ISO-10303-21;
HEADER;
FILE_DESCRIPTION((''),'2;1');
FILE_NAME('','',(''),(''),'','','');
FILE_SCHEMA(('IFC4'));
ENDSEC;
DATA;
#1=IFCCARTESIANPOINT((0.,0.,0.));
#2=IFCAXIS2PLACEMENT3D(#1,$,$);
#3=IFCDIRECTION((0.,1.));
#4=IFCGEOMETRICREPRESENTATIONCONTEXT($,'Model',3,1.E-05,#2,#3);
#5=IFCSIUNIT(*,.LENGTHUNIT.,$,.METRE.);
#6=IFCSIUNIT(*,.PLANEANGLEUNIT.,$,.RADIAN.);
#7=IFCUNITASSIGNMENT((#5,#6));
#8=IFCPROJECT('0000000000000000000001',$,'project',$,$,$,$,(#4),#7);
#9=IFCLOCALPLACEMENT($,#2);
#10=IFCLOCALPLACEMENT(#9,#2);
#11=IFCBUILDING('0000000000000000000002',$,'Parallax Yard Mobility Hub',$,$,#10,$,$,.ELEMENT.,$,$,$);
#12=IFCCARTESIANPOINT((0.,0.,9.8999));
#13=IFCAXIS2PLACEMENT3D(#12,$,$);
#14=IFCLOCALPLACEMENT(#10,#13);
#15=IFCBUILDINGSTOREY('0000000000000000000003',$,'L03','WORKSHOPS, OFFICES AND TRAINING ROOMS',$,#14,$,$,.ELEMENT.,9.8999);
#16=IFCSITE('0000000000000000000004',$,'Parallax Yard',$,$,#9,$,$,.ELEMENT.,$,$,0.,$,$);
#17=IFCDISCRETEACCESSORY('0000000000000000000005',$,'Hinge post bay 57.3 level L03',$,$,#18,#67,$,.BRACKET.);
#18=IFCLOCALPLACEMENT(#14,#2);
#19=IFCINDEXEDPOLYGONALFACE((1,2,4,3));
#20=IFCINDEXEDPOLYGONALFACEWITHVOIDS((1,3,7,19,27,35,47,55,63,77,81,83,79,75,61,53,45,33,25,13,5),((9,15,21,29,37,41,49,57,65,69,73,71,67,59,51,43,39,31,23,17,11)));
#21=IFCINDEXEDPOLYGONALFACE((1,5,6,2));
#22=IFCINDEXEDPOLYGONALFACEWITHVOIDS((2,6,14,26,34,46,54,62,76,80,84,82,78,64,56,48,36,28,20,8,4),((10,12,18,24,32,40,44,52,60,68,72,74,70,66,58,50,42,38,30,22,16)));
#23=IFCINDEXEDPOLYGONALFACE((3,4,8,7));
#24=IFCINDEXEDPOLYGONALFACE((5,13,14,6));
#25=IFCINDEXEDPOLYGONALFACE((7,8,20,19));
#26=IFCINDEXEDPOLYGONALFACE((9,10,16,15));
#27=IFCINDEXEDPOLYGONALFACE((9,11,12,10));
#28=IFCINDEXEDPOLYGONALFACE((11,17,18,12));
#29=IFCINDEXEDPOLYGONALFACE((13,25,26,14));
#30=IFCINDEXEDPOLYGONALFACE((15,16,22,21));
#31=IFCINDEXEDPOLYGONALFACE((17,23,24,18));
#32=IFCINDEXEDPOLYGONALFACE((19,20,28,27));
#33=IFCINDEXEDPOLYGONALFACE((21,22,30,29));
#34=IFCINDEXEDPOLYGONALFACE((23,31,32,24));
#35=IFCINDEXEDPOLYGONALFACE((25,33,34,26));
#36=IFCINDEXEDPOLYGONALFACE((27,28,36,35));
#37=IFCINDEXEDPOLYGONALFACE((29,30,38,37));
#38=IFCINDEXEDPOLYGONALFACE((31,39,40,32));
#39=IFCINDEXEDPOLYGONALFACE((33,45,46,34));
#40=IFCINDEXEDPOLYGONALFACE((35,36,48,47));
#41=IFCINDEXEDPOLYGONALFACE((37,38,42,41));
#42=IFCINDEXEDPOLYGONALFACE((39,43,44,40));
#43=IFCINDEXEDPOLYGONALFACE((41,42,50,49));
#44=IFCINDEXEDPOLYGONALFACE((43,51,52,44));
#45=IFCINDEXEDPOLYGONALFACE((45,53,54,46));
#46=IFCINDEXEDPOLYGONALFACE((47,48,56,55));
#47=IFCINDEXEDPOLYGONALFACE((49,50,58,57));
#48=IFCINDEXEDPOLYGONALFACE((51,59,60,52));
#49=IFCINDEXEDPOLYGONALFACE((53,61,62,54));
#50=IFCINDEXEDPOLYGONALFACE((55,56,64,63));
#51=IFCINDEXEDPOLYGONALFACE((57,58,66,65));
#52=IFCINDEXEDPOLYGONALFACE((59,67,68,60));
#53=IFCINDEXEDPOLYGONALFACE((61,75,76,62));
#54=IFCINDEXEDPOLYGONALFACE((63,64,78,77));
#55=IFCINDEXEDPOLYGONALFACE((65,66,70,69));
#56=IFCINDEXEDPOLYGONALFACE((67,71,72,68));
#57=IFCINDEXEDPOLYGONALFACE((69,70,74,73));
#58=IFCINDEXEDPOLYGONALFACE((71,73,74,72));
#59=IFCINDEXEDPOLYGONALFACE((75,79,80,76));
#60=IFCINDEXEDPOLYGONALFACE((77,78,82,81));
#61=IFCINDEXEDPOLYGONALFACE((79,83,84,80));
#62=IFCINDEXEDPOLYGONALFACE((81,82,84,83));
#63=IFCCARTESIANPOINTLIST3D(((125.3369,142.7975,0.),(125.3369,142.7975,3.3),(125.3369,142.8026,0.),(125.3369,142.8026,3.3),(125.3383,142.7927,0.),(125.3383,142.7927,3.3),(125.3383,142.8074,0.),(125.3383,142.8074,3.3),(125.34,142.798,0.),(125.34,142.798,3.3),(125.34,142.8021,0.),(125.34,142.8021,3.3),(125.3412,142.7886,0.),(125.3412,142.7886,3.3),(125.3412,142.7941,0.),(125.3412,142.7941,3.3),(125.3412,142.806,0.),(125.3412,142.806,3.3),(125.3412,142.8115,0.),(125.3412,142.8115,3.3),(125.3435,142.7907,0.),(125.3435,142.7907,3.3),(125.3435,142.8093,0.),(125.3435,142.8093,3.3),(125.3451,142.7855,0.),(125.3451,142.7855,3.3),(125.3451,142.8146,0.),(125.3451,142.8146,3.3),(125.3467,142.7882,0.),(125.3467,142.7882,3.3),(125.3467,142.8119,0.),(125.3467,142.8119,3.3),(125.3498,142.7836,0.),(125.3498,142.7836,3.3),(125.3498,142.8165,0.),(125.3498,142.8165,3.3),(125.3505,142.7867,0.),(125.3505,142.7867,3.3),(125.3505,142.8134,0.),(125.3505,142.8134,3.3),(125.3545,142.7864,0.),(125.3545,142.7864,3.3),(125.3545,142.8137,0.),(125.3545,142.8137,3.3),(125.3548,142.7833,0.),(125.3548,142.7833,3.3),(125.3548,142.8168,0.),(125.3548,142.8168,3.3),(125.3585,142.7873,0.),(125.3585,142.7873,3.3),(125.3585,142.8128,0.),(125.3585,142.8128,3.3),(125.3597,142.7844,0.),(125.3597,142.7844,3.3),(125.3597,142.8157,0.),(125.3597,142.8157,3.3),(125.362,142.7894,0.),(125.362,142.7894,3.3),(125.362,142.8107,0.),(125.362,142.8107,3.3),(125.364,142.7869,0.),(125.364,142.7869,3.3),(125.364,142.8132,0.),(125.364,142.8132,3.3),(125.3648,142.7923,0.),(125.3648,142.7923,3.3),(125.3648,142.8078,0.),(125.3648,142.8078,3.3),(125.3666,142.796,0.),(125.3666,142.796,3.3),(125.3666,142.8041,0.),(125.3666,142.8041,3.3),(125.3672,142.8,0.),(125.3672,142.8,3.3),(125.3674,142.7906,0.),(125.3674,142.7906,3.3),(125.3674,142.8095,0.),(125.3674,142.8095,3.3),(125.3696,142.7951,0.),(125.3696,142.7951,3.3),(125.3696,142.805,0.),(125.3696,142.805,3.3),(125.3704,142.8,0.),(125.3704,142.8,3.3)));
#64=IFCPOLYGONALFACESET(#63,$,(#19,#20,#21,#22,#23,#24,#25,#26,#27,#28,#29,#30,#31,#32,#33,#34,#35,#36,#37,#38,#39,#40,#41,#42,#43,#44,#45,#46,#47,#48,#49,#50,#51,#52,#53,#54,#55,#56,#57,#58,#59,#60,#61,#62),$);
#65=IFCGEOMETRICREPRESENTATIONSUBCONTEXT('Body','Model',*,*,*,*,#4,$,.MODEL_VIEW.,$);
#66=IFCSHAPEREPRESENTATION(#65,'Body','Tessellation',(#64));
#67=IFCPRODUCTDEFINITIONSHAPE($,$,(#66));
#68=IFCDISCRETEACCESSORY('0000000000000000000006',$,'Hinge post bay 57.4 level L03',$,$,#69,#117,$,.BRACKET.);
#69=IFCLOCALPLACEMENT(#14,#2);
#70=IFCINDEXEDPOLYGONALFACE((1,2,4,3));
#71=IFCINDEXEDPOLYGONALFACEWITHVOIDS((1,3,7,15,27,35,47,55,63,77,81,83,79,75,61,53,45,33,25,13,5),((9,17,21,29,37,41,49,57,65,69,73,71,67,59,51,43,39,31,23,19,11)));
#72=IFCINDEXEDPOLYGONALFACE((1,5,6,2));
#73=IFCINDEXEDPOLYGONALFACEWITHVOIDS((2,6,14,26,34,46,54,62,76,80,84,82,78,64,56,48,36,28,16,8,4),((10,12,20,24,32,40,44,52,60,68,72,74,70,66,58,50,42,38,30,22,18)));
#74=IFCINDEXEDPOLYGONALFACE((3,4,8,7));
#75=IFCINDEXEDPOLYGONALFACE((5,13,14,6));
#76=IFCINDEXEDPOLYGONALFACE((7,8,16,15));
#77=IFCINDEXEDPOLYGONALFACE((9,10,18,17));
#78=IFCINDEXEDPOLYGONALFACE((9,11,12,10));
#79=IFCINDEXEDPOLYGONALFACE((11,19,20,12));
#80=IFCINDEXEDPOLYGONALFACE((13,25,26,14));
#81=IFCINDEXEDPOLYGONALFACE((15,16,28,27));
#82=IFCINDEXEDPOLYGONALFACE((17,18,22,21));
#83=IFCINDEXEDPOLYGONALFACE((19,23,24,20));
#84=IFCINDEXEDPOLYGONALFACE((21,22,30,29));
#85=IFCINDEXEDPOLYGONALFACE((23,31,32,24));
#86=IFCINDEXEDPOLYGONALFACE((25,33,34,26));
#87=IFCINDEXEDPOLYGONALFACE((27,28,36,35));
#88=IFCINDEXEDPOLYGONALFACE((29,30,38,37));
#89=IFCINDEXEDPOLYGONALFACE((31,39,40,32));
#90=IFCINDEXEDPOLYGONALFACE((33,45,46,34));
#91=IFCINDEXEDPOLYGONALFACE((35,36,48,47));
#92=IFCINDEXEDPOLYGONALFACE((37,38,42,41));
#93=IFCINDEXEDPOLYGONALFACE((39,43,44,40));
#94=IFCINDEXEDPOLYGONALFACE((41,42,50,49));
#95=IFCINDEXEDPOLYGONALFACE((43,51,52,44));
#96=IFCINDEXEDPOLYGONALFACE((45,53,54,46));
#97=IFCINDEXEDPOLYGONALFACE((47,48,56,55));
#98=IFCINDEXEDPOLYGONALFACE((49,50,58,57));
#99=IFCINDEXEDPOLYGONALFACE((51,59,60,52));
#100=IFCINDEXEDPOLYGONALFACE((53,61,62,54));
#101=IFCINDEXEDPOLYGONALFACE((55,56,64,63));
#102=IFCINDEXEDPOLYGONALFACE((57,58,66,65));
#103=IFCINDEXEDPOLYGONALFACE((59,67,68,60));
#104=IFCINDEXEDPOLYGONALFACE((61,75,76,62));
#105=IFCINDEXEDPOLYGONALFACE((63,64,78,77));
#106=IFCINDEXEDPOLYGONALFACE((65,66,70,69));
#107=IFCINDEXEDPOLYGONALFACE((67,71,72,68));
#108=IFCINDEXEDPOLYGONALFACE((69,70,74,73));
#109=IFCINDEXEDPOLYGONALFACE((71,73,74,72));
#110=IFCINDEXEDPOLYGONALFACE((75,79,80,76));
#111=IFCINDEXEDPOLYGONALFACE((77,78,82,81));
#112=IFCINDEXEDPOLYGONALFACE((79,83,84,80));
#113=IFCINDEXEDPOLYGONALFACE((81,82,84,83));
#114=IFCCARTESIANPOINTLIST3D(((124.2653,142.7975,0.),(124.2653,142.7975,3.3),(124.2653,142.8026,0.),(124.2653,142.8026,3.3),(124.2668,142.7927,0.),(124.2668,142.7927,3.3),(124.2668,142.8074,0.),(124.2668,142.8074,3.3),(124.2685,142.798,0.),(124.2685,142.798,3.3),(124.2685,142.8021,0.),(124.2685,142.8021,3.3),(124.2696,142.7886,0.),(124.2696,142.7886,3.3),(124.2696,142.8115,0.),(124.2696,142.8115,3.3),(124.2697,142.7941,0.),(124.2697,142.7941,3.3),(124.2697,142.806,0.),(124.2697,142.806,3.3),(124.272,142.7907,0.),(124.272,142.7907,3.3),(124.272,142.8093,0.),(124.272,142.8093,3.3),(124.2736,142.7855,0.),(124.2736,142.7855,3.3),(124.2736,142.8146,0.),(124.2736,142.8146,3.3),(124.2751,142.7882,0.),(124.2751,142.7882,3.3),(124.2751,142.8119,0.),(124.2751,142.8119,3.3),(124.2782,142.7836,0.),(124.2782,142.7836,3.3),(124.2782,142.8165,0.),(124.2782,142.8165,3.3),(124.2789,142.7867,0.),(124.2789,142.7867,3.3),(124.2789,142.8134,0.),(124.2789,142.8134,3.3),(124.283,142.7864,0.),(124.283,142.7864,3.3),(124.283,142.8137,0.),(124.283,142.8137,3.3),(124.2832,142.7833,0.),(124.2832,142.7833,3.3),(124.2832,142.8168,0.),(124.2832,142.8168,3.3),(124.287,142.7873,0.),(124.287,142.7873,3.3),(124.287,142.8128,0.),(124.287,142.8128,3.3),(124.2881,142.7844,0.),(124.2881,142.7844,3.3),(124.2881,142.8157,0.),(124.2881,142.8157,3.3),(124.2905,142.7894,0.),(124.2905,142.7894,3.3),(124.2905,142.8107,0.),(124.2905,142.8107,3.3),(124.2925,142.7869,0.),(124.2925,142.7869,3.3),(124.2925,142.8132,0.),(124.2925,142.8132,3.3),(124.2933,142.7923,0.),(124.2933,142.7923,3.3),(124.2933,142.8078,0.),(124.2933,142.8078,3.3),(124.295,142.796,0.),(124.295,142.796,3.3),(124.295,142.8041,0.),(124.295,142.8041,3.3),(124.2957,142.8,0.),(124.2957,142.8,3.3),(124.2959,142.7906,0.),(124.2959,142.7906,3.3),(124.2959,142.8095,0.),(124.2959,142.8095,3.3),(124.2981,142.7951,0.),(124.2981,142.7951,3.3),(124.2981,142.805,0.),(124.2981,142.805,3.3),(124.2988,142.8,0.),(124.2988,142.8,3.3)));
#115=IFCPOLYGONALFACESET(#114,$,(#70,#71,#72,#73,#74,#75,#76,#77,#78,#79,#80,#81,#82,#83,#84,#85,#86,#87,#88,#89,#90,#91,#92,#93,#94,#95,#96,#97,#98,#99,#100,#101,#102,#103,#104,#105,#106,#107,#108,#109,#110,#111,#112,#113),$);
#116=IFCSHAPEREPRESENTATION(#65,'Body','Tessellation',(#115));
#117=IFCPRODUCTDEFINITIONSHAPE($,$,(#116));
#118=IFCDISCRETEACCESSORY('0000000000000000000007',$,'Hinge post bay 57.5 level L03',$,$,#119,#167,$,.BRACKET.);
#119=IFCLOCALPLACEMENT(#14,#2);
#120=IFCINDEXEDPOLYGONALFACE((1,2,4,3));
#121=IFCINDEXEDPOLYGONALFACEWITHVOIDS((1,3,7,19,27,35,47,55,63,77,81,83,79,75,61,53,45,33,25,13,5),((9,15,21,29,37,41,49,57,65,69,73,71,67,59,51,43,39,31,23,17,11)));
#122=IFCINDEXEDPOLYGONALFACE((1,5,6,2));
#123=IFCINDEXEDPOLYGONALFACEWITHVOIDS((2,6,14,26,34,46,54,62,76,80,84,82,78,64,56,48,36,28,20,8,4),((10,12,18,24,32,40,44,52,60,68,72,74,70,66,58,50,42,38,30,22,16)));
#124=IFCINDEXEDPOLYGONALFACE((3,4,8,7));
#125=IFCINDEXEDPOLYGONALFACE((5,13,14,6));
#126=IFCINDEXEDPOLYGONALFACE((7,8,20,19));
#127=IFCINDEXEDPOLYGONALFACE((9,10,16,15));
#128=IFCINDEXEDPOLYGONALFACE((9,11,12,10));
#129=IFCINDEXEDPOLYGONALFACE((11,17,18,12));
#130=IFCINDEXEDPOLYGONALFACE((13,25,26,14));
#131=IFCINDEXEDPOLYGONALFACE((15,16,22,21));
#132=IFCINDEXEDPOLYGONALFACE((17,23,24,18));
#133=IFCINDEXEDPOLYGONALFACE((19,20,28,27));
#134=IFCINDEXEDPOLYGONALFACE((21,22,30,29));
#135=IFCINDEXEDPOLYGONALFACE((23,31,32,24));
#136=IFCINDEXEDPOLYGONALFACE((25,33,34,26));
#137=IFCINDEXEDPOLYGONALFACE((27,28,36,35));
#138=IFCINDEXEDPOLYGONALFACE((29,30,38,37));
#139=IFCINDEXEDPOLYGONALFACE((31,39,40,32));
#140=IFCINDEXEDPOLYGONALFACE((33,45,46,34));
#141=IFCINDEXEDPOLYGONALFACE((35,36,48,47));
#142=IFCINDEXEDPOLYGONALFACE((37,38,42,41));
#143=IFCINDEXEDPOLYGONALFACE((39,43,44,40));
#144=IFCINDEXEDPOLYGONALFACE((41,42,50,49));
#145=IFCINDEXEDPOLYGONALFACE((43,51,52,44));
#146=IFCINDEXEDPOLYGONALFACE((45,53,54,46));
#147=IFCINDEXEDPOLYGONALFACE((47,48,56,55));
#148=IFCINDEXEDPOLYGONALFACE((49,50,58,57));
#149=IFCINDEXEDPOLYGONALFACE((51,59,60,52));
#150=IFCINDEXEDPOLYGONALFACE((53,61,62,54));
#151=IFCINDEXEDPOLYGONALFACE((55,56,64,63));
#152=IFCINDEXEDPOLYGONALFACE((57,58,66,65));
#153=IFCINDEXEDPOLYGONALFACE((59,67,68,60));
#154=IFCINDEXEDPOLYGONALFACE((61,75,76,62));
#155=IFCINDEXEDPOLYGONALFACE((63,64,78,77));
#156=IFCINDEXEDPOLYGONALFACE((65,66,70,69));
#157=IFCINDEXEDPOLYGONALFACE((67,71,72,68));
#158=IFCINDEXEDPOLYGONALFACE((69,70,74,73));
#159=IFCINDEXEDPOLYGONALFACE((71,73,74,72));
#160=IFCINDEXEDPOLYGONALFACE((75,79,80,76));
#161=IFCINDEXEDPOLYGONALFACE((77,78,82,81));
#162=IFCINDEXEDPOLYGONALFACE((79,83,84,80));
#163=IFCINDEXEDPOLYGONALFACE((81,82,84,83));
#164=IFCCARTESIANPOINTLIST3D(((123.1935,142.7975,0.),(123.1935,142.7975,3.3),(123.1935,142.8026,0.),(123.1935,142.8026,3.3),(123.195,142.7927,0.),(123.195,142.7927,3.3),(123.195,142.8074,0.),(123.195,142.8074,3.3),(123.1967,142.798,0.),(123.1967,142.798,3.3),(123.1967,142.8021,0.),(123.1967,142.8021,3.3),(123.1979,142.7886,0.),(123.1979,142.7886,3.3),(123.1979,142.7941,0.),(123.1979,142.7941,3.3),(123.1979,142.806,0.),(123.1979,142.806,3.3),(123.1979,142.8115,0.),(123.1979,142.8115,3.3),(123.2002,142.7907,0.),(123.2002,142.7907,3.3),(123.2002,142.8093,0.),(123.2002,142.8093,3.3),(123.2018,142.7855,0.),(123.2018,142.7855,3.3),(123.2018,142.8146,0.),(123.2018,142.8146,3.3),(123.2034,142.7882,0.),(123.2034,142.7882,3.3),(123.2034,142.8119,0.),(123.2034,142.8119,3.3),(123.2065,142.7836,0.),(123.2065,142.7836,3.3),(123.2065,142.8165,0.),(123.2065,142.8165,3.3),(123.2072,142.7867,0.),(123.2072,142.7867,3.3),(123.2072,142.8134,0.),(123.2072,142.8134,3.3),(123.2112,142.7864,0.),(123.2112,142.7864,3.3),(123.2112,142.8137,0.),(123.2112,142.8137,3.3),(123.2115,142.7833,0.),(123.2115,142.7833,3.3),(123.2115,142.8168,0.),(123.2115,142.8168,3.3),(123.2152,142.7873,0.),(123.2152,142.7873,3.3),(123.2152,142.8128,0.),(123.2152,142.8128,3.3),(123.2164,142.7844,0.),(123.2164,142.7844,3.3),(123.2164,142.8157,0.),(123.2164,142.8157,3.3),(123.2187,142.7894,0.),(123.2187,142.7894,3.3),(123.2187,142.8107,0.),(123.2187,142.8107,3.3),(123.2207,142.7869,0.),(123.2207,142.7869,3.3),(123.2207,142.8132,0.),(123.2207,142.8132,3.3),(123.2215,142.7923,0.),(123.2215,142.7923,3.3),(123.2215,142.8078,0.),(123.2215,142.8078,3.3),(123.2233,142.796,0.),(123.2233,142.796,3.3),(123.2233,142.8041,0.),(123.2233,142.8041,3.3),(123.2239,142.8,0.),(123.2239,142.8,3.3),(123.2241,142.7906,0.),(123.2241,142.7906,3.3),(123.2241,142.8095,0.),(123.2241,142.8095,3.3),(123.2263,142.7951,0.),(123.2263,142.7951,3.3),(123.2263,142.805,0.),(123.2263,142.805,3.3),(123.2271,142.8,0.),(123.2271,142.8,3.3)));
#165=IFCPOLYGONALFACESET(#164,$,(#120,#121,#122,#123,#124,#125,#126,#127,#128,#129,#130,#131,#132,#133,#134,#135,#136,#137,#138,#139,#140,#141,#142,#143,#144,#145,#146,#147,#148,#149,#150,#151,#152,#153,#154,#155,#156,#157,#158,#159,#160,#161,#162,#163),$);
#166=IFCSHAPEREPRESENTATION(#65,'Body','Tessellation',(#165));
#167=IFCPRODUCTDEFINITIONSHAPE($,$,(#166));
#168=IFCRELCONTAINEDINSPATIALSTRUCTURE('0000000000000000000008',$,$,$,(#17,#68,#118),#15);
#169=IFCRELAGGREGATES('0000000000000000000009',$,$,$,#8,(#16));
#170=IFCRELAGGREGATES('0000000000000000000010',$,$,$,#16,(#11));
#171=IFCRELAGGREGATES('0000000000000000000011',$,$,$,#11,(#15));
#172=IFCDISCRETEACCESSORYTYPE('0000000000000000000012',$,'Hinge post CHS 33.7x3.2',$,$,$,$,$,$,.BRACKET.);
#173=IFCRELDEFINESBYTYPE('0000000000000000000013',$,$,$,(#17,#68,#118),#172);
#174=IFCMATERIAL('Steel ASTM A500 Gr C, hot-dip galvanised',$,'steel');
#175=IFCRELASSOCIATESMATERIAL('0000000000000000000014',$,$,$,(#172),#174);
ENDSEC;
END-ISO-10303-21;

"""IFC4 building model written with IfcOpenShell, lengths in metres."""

from ifc_helpers import new_model, si_unit, direction, frame, origin, origin_2d, place, context, subcontext, project, spatial, hollow_circle, extrude, material, material_profile, profile_set, type_object, element, save


model = new_model("IFC4")

# Units and contexts
model_context = context("Model", 3, precision=1e-05, world=origin(), true_north=direction((0.0, 1.0)))
body_context = subcontext(model_context, "Body", "Model", "MODEL_VIEW")
ifc_project = project(units=[si_unit("LENGTHUNIT", "METRE"), si_unit("PLANEANGLEUNIT", "RADIAN")], contexts=[model_context])

# Site, building, storey
site_placement = place(None, origin())
site = spatial("IfcSite", under=ifc_project, at=site_placement, Name="Parallax Yard", CompositionType="ELEMENT", RefElevation=0.0)
building_placement = place(site_placement, origin())
building = spatial("IfcBuilding", under=site, at=building_placement, Name="Parallax Yard Mobility Hub", CompositionType="ELEMENT")
storey_placement = place(building_placement, frame((0.0, 0.0, 9.8999)))
storey = spatial("IfcBuildingStorey", under=building, at=storey_placement, Name="L03", Description="WORKSHOPS, OFFICES AND TRAINING ROOMS", CompositionType="ELEMENT", Elevation=9.8999)

# Discrete accessories
ifc_material_1 = material(Name="Steel ASTM A500 Gr C, hot-dip galvanised", Category="steel")
ifc_material_profile = material_profile(ifc_material_1, hollow_circle(Radius=0.0168, WallThickness=0.0032, at=origin_2d()), Name="CHS 33.7x3.2")
ifc_profile_set = profile_set([ifc_material_profile], Name="Steel ASTM A500 Gr C, hot-dip galvanised")
discrete_accessory_type_1 = type_object("IfcDiscreteAccessoryType", Name="Hinge post CHS 33.7x3.2", PredefinedType="BRACKET", material=ifc_profile_set)
for number, where, z_axis, x_axis, name in (
    (1, (125.3535, 142.8, 0.0), (0.0, 0.0, 1.0), (1.0, 0.0, 0.0), "Hinge post bay 57.3 level L03"),
    (2, (124.282, 142.8, 0.0), (0.0, 0.0, 1.0), (1.0, 0.0, 0.0), "Hinge post bay 57.4 level L03"),
    (3, (123.2102, 142.8, 0.0), (0.0, 0.0, 1.0), (1.0, 0.0, 0.0), "Hinge post bay 57.5 level L03"),
):
    element("IfcDiscreteAccessory", number, at=place(storey_placement, frame(where, z_axis=z_axis, x_axis=x_axis)), inside=storey, type_object=discrete_accessory_type_1, Name=name, PredefinedType="BRACKET", context=body_context, shape_type="SweptSolid", body=[
        extrude(hollow_circle(Radius=0.0168, WallThickness=0.0032, at=origin_2d()), origin(), (0.0, 0.0, 1.0), 3.3),
    ])

save(model, "model.ifc")
